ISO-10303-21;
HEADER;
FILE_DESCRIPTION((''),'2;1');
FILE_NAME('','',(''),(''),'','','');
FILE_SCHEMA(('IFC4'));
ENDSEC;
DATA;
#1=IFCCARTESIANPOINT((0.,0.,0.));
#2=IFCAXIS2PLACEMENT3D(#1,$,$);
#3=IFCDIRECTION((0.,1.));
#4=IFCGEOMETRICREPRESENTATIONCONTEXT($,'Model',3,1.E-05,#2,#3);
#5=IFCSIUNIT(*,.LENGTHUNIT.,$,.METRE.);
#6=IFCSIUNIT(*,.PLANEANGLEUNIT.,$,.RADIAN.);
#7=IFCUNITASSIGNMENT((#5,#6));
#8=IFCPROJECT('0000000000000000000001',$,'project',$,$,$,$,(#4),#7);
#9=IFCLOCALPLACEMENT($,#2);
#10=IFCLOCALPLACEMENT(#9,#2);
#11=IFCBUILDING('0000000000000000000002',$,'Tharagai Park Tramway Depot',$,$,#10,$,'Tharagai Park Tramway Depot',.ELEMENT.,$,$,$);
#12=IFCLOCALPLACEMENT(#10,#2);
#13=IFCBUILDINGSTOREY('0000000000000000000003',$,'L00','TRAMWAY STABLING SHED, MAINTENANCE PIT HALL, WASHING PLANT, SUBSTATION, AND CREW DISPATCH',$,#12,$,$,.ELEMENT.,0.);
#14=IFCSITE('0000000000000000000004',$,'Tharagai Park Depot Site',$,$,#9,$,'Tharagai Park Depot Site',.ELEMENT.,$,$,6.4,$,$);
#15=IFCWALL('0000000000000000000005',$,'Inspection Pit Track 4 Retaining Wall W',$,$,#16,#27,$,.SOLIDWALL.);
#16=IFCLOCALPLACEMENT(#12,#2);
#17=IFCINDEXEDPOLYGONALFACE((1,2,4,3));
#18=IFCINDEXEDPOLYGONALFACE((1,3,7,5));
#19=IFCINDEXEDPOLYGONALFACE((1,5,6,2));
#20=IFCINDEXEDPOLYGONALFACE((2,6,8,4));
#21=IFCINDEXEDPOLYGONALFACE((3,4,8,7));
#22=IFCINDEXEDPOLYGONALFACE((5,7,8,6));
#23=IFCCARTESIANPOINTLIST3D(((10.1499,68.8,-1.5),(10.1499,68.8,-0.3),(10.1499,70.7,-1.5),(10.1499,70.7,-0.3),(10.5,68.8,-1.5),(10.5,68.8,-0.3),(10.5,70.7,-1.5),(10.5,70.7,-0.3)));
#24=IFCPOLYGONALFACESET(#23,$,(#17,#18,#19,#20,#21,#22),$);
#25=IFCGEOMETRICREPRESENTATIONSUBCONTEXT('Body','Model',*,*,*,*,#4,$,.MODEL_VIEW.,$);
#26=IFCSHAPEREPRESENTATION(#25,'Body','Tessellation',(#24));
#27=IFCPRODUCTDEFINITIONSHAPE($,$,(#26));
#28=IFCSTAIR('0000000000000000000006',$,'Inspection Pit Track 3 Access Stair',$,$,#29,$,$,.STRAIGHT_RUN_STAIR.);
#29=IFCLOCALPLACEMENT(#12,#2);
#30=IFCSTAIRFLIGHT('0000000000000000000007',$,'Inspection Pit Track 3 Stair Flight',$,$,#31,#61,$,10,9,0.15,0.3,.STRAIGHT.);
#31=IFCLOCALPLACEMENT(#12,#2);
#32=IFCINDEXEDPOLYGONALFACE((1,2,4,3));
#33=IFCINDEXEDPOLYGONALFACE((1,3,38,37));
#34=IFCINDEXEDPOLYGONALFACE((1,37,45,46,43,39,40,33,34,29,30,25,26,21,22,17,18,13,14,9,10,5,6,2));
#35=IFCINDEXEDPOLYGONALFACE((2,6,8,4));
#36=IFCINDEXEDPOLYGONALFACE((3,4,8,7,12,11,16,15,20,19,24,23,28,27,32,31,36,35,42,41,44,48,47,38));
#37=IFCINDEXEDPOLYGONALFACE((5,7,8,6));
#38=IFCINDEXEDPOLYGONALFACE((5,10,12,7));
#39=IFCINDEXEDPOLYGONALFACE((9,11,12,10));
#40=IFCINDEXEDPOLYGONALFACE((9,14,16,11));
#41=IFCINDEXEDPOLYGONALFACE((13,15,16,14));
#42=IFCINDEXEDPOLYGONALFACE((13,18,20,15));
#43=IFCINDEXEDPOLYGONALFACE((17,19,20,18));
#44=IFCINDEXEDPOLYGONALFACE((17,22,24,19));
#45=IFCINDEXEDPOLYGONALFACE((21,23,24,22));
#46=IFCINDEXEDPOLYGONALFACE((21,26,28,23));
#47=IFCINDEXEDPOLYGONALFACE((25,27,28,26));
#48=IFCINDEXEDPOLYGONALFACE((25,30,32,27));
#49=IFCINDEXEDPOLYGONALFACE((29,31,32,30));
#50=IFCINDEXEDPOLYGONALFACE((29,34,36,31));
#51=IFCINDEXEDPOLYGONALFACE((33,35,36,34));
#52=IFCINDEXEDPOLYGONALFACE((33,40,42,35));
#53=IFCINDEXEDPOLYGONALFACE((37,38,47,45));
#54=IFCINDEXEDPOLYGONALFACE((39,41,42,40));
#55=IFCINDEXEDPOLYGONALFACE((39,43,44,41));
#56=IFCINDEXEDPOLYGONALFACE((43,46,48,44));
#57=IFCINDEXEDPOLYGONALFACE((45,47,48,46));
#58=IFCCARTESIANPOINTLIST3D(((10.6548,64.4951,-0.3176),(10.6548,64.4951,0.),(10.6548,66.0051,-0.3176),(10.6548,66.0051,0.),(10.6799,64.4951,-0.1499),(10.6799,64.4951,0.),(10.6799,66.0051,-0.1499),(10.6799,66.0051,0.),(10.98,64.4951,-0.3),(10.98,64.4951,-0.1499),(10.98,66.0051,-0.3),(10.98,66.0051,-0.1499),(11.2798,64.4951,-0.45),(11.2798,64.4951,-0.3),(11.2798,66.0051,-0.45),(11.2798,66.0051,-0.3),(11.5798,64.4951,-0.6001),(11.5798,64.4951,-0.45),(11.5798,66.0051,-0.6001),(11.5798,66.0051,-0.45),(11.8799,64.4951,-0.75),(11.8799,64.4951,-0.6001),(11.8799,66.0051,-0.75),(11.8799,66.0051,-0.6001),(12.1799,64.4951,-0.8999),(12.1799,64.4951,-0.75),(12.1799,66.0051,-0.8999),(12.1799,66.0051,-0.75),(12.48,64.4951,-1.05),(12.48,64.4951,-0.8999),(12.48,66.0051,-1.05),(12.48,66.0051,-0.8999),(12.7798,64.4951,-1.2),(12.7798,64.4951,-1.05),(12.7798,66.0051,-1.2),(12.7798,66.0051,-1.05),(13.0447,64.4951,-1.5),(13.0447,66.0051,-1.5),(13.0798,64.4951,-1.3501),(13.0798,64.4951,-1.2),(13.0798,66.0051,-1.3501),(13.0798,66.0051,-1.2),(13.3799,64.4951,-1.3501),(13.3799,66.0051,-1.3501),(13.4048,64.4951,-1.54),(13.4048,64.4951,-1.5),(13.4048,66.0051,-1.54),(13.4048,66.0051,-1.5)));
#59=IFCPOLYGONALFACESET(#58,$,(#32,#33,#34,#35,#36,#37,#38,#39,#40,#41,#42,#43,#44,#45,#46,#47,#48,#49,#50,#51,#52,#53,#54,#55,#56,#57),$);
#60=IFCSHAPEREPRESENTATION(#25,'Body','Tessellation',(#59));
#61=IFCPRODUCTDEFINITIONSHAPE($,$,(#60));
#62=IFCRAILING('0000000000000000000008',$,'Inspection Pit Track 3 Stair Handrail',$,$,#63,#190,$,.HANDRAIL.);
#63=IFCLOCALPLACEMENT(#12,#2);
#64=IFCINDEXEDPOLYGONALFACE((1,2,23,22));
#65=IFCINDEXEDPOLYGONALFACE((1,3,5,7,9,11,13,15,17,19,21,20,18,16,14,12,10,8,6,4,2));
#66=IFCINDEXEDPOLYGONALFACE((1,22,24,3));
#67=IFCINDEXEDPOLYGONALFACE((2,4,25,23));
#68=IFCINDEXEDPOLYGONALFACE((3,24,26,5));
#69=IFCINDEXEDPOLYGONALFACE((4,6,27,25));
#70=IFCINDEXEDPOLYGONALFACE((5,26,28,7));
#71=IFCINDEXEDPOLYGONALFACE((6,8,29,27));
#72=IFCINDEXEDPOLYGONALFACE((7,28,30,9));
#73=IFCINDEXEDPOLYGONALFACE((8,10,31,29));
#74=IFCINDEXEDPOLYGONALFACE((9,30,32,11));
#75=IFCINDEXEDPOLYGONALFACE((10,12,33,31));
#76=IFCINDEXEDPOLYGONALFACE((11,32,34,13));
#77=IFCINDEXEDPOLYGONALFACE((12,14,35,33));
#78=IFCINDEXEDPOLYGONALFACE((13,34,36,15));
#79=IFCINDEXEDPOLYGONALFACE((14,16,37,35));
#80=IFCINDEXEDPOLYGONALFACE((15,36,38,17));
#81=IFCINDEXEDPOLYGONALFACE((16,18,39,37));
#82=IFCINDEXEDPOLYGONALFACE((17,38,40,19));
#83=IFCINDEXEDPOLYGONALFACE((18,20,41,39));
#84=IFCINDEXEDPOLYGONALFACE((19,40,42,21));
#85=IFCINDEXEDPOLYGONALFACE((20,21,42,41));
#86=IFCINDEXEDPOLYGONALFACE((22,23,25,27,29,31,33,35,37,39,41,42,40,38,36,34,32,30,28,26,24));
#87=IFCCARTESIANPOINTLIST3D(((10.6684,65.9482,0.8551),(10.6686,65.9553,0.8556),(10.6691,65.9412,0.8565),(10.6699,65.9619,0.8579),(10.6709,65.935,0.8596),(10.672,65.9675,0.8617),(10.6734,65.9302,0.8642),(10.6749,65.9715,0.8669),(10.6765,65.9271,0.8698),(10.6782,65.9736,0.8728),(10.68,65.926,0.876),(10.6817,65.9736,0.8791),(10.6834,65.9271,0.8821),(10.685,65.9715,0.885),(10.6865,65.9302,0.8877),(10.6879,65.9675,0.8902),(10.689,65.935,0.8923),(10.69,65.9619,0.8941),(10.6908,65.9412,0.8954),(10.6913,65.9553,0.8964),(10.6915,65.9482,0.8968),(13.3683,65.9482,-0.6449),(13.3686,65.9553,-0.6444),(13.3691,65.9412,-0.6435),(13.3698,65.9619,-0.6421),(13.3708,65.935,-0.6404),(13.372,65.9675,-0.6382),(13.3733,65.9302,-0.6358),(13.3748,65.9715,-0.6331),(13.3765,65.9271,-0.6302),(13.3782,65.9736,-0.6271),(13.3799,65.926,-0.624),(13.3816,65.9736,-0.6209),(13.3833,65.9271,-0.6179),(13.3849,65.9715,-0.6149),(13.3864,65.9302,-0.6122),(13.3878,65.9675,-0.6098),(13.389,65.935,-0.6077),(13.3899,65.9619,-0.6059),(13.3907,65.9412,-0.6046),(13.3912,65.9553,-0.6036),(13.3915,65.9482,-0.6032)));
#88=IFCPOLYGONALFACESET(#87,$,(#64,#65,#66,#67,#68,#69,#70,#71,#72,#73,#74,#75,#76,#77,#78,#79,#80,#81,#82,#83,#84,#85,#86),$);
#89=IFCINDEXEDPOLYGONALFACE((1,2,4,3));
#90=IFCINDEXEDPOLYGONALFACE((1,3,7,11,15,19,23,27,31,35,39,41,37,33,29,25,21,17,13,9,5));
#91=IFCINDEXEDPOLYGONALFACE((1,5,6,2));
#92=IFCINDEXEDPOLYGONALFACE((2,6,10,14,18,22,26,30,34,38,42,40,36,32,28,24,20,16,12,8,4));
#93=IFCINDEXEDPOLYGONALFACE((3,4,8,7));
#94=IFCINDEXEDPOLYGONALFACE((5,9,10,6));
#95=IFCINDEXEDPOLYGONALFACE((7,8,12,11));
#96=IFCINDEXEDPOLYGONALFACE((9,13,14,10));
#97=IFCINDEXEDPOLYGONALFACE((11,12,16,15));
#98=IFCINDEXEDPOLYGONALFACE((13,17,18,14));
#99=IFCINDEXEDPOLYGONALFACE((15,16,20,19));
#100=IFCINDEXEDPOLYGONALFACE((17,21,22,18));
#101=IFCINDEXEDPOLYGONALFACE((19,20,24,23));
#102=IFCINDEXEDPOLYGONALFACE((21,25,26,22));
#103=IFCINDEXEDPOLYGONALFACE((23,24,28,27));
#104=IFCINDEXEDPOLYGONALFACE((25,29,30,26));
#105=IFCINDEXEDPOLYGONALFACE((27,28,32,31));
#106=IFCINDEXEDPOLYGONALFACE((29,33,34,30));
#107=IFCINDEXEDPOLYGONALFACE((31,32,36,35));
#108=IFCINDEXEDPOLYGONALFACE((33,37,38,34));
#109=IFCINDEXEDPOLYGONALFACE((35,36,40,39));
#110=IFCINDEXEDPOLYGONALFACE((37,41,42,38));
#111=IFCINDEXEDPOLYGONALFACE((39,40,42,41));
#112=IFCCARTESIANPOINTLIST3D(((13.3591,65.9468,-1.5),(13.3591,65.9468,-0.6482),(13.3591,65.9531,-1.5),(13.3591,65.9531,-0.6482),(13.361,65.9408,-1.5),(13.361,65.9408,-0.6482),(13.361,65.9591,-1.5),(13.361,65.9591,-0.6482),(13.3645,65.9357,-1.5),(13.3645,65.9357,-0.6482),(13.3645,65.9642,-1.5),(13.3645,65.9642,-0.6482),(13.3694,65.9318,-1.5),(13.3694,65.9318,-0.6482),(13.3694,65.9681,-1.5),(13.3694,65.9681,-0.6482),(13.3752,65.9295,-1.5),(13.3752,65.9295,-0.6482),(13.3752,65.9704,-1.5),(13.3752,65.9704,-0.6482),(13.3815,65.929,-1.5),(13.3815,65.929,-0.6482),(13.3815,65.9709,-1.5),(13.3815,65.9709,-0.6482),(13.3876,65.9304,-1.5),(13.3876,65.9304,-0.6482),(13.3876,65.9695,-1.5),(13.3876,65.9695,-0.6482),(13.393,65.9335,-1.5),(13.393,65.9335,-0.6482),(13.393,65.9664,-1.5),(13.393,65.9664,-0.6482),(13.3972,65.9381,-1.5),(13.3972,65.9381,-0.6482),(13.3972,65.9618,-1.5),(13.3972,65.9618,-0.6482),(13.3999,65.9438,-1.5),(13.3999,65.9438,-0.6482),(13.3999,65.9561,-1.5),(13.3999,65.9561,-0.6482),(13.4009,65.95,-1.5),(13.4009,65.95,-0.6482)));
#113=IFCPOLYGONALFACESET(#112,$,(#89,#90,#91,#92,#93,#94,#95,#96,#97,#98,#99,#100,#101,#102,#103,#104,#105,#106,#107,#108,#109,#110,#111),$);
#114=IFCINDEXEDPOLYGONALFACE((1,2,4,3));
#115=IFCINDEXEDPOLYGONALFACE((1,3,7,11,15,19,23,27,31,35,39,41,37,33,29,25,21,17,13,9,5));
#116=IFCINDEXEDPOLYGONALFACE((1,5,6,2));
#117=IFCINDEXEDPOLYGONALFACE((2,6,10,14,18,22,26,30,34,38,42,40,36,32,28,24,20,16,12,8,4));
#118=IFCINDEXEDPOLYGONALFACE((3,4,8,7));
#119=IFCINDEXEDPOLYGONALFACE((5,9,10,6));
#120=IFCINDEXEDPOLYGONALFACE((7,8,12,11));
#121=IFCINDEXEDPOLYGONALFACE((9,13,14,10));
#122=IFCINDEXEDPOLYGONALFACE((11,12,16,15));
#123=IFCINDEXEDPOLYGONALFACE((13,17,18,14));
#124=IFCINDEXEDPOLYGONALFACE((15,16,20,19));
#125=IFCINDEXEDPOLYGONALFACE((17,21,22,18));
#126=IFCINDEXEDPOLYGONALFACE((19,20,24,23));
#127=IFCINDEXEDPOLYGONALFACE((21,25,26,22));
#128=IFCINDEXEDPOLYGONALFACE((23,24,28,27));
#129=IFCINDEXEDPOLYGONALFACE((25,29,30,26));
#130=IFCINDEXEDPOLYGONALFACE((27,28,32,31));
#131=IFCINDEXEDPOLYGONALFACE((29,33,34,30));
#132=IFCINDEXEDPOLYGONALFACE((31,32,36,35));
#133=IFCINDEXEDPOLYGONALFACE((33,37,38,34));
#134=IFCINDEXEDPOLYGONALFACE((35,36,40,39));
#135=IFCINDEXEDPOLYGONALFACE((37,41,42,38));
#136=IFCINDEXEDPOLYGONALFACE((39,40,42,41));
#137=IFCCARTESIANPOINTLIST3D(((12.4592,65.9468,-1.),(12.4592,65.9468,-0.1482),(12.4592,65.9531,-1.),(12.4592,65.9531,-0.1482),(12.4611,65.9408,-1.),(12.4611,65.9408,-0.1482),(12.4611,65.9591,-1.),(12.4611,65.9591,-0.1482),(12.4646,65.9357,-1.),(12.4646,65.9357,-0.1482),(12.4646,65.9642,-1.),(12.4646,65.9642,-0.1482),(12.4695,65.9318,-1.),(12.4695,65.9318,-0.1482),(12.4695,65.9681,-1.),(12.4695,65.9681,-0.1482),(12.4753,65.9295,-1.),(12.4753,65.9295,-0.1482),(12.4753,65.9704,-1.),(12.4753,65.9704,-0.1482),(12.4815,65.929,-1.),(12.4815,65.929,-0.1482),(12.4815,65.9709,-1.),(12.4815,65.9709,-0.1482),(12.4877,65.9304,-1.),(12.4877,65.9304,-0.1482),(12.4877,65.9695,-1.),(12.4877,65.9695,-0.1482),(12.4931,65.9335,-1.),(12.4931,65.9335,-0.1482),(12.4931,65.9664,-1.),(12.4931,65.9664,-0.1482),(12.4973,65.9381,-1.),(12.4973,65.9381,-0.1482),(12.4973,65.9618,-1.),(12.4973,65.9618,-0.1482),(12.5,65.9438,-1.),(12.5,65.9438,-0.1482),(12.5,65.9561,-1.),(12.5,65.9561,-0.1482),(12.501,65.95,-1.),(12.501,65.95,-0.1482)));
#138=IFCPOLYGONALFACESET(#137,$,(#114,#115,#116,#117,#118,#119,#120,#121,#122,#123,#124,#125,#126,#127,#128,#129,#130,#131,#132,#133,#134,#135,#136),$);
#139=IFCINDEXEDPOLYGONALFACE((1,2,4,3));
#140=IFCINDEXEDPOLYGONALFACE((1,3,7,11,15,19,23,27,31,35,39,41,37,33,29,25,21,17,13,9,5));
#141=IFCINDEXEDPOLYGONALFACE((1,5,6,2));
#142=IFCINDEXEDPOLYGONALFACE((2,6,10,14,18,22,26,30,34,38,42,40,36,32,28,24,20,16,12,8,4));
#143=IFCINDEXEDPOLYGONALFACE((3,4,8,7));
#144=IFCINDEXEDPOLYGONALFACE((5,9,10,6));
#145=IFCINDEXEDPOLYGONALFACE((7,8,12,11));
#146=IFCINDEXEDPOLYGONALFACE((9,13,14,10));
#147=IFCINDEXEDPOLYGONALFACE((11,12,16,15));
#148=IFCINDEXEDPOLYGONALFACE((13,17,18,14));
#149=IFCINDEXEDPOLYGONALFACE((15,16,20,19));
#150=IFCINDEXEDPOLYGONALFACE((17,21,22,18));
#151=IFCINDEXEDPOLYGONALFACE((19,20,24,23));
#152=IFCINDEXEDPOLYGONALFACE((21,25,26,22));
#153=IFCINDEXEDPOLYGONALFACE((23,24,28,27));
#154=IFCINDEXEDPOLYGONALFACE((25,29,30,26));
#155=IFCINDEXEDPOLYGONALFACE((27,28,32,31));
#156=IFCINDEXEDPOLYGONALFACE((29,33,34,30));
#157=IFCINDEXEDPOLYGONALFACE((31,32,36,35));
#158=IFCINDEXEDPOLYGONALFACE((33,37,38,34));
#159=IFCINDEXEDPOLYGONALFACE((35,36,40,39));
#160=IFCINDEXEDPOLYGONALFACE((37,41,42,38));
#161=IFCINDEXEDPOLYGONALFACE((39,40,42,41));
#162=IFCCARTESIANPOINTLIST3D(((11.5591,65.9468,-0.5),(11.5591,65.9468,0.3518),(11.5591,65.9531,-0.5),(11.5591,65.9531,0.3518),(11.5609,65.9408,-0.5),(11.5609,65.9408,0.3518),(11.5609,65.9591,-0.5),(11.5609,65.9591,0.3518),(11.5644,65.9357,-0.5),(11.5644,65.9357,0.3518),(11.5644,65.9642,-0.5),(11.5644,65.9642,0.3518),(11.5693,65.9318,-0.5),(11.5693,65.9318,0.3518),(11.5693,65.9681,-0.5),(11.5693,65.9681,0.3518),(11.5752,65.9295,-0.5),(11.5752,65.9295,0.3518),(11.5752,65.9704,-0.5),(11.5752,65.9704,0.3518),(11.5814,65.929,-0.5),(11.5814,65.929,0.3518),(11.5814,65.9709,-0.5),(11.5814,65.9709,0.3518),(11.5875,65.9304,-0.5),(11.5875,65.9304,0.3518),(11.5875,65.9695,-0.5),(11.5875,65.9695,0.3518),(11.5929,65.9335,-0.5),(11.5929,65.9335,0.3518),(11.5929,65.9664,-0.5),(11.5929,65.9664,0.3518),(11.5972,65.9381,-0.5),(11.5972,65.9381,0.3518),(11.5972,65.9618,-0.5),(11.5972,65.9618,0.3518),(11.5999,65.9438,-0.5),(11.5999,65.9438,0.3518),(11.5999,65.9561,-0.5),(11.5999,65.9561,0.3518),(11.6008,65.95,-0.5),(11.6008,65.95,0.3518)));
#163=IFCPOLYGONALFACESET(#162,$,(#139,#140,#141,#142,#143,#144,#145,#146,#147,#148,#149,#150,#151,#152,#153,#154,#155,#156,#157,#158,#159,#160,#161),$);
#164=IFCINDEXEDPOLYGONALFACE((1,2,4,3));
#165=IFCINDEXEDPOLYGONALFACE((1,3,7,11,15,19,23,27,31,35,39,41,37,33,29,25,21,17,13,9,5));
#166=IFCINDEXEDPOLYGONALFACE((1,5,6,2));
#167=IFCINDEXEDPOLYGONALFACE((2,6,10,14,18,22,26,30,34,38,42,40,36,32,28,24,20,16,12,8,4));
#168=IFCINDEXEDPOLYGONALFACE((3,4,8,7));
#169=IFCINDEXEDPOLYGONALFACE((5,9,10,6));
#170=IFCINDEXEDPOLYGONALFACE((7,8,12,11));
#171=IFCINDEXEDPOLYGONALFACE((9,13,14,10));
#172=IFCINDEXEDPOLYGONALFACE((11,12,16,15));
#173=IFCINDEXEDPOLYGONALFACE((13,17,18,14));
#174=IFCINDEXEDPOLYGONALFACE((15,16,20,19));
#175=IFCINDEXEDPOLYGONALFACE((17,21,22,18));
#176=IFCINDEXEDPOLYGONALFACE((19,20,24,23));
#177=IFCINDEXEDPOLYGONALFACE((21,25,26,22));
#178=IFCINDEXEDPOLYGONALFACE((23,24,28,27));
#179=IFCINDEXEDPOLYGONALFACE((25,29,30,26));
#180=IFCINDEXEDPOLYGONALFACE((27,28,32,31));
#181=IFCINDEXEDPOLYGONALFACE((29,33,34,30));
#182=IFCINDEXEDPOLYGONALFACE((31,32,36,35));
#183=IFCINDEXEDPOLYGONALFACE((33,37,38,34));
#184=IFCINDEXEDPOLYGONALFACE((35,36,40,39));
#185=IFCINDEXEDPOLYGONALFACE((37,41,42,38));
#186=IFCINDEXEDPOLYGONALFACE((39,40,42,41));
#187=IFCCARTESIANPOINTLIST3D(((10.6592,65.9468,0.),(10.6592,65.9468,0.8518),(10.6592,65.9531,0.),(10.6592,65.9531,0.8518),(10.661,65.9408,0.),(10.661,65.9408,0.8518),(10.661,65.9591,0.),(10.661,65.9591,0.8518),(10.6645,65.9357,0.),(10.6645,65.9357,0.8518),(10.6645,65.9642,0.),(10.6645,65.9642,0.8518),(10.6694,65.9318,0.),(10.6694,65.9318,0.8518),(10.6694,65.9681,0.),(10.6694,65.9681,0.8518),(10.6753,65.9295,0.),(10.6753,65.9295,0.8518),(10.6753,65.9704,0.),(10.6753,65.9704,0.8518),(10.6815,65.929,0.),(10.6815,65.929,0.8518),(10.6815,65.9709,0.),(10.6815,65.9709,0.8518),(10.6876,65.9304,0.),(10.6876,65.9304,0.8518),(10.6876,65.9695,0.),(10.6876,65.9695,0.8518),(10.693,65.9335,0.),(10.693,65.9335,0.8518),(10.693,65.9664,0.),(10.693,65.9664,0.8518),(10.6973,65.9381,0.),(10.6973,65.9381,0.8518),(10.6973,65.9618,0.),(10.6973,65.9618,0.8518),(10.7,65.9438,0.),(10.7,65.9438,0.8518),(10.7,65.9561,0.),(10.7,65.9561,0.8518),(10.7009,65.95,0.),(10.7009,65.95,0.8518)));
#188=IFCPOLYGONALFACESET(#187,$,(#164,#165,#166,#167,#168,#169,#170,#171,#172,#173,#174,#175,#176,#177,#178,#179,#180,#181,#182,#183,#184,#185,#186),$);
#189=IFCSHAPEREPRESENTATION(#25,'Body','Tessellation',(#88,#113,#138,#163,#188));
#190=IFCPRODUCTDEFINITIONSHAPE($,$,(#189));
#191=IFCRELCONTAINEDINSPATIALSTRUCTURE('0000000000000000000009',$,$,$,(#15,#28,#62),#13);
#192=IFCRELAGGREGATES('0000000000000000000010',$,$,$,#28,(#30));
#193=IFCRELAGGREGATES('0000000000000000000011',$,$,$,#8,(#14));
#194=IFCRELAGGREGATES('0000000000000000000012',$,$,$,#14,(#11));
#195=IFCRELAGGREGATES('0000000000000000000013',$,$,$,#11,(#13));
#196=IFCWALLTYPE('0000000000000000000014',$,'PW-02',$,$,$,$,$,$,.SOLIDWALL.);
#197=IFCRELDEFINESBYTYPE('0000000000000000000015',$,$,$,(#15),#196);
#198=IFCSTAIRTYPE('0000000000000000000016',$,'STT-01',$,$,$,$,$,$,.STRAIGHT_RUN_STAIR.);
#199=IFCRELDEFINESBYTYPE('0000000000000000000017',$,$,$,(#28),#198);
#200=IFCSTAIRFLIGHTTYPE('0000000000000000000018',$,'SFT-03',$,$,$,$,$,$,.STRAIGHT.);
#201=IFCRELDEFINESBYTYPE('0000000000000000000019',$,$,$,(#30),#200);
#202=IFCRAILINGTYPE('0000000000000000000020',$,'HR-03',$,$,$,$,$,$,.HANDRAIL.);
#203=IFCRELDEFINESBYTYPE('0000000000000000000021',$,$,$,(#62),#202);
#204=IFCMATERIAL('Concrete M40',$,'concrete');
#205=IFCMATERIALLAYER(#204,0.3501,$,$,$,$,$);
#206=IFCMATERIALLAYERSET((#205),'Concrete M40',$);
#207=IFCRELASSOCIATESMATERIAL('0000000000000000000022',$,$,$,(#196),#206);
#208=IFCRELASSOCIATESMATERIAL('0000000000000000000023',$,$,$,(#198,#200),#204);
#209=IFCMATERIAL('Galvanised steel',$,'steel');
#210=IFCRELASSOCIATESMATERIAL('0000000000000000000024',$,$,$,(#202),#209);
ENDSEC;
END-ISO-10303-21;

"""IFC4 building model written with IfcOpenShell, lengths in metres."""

from ifc_helpers import new_model, si_unit, direction, frame, frame_2d, origin, origin_2d, place, context, subcontext, project, spatial, polyline, rectangle, circle, outline, extrude, material, layer, layer_set, type_object, element, aggregate, save


model = new_model("IFC4")

# Units and contexts
model_context = context("Model", 3, precision=1e-05, world=origin(), true_north=direction((0.0, 1.0)))
body_context = subcontext(model_context, "Body", "Model", "MODEL_VIEW")
ifc_project = project(units=[si_unit("LENGTHUNIT", "METRE"), si_unit("PLANEANGLEUNIT", "RADIAN")], contexts=[model_context])

# Site, building, storey
site_placement = place(None, origin())
site = spatial("IfcSite", under=ifc_project, at=site_placement, Name="Tharagai Park Depot Site", LongName="Tharagai Park Depot Site", CompositionType="ELEMENT", RefElevation=6.4)
building_placement = place(site_placement, origin())
building = spatial("IfcBuilding", under=site, at=building_placement, Name="Tharagai Park Tramway Depot", LongName="Tharagai Park Tramway Depot", CompositionType="ELEMENT")
storey_placement = place(building_placement, origin())
storey = spatial("IfcBuildingStorey", under=building, at=storey_placement, Name="L00", Description="TRAMWAY STABLING SHED, MAINTENANCE PIT HALL, WASHING PLANT, SUBSTATION, AND CREW DISPATCH", CompositionType="ELEMENT", Elevation=0.0)

# Shared definitions
ifc_material_1 = material(Name="Concrete M40", Category="concrete")

# Wall
ifc_layer = layer(ifc_material_1, 0.3501)
ifc_layer_set = layer_set([ifc_layer], Name="Concrete M40")
wall_type = type_object("IfcWallType", Name="PW-02", PredefinedType="SOLIDWALL", material=ifc_layer_set)
wall_1_placement = place(storey_placement, frame((10.325, 68.8, -1.5), z_axis=(0.0, 0.0, 1.0), x_axis=(0.0, 1.0, 0.0)))
element("IfcWall", 1, at=wall_1_placement, inside=storey, type_object=wall_type, Name="Inspection Pit Track 4 Retaining Wall W", PredefinedType="SOLIDWALL", context=body_context, shape_type="SweptSolid", body=[
    extrude(rectangle(XDim=1.8999, YDim=0.3501, at=frame_2d((0.95, 0.0))), origin(), (0.0, 0.0, 1.0), 1.2),
])

# Stair, stair flight
stair_type = type_object("IfcStairType", Name="STT-01", PredefinedType="STRAIGHT_RUN_STAIR", material=ifc_material_1)
stair_placement = place(storey_placement, origin())
stair = element("IfcStair", 2, at=stair_placement, inside=storey, type_object=stair_type, Name="Inspection Pit Track 3 Access Stair", PredefinedType="STRAIGHT_RUN_STAIR")
stair_flight_type = type_object("IfcStairFlightType", Name="SFT-03", PredefinedType="STRAIGHT", material=ifc_material_1)
stair_flight_placement = place(storey_placement, frame((13.3799, 65.25, -1.5), z_axis=(0.0, 0.0, 1.0), x_axis=(-1.0, 0.0, 0.0)))
stair_flight = element("IfcStairFlight", 3, at=stair_flight_placement, type_object=stair_flight_type, Name="Inspection Pit Track 3 Stair Flight", NumberOfRisers=10, NumberOfTreads=9, PredefinedType="STRAIGHT", RiserHeight=0.15, TreadLength=0.3, context=body_context, shape_type="SweptSolid", body=[
    extrude(outline(polyline([(-0.0249, 0.0), (0.0, 0.1499), (0.3, 0.1499), (0.3, 0.3), (0.6001, 0.3), (0.6001, 0.45), (0.8999, 0.45), (0.8999, 0.6001), (1.2, 0.6001), (1.2, 0.75), (1.5, 0.75), (1.5, 0.8999), (1.8, 0.8999), (1.8, 1.05), (2.1001, 1.05), (2.1001, 1.2), (2.3999, 1.2), (2.3999, 1.3501), (2.7, 1.3501), (2.7, 1.5), (2.7251, 1.5), (2.7251, 1.1824), (0.3352, 0.0), (-0.0249, -0.04), (-0.0249, 0.0)])), frame((0.0, 0.7549, 0.0), z_axis=(0.0, -1.0, 0.0), x_axis=(1.0, 0.0, 0.0)), (0.0, 0.0, 1.0), 1.51),
])
aggregate(stair, [stair_flight])

# Railing
ifc_material_2 = material(Name="Galvanised steel", Category="steel")
railing_type_1 = type_object("IfcRailingType", Name="HR-03", PredefinedType="HANDRAIL", material=ifc_material_2)
railing_1_placement = place(storey_placement, frame((13.3799, 65.95, -1.5)))
element("IfcRailing", 4, at=railing_1_placement, inside=storey, type_object=railing_type_1, Name="Inspection Pit Track 3 Stair Handrail", PredefinedType="HANDRAIL", context=body_context, shape_type="SweptSolid", body=[
    extrude(circle(Radius=0.0239, at=origin_2d()), frame((0.0, 0.0, 0.876), z_axis=(-0.874154, 0.0, 0.48565), x_axis=(0.0, -1.0, 0.0)), (0.0, 0.0, 1.0), 3.0886),
    extrude(circle(Radius=0.021, at=origin_2d()), origin(), (0.0, 0.0, 1.0), 0.8518),
    extrude(circle(Radius=0.021, at=origin_2d()), frame((-0.8999, 0.0, 0.5)), (0.0, 0.0, 1.0), 0.8518),
    extrude(circle(Radius=0.021, at=origin_2d()), frame((-1.8, 0.0, 1.0)), (0.0, 0.0, 1.0), 0.8518),
    extrude(circle(Radius=0.021, at=origin_2d()), frame((-2.7, 0.0, 1.5)), (0.0, 0.0, 1.0), 0.8518),
])

save(model, "model.ifc")
